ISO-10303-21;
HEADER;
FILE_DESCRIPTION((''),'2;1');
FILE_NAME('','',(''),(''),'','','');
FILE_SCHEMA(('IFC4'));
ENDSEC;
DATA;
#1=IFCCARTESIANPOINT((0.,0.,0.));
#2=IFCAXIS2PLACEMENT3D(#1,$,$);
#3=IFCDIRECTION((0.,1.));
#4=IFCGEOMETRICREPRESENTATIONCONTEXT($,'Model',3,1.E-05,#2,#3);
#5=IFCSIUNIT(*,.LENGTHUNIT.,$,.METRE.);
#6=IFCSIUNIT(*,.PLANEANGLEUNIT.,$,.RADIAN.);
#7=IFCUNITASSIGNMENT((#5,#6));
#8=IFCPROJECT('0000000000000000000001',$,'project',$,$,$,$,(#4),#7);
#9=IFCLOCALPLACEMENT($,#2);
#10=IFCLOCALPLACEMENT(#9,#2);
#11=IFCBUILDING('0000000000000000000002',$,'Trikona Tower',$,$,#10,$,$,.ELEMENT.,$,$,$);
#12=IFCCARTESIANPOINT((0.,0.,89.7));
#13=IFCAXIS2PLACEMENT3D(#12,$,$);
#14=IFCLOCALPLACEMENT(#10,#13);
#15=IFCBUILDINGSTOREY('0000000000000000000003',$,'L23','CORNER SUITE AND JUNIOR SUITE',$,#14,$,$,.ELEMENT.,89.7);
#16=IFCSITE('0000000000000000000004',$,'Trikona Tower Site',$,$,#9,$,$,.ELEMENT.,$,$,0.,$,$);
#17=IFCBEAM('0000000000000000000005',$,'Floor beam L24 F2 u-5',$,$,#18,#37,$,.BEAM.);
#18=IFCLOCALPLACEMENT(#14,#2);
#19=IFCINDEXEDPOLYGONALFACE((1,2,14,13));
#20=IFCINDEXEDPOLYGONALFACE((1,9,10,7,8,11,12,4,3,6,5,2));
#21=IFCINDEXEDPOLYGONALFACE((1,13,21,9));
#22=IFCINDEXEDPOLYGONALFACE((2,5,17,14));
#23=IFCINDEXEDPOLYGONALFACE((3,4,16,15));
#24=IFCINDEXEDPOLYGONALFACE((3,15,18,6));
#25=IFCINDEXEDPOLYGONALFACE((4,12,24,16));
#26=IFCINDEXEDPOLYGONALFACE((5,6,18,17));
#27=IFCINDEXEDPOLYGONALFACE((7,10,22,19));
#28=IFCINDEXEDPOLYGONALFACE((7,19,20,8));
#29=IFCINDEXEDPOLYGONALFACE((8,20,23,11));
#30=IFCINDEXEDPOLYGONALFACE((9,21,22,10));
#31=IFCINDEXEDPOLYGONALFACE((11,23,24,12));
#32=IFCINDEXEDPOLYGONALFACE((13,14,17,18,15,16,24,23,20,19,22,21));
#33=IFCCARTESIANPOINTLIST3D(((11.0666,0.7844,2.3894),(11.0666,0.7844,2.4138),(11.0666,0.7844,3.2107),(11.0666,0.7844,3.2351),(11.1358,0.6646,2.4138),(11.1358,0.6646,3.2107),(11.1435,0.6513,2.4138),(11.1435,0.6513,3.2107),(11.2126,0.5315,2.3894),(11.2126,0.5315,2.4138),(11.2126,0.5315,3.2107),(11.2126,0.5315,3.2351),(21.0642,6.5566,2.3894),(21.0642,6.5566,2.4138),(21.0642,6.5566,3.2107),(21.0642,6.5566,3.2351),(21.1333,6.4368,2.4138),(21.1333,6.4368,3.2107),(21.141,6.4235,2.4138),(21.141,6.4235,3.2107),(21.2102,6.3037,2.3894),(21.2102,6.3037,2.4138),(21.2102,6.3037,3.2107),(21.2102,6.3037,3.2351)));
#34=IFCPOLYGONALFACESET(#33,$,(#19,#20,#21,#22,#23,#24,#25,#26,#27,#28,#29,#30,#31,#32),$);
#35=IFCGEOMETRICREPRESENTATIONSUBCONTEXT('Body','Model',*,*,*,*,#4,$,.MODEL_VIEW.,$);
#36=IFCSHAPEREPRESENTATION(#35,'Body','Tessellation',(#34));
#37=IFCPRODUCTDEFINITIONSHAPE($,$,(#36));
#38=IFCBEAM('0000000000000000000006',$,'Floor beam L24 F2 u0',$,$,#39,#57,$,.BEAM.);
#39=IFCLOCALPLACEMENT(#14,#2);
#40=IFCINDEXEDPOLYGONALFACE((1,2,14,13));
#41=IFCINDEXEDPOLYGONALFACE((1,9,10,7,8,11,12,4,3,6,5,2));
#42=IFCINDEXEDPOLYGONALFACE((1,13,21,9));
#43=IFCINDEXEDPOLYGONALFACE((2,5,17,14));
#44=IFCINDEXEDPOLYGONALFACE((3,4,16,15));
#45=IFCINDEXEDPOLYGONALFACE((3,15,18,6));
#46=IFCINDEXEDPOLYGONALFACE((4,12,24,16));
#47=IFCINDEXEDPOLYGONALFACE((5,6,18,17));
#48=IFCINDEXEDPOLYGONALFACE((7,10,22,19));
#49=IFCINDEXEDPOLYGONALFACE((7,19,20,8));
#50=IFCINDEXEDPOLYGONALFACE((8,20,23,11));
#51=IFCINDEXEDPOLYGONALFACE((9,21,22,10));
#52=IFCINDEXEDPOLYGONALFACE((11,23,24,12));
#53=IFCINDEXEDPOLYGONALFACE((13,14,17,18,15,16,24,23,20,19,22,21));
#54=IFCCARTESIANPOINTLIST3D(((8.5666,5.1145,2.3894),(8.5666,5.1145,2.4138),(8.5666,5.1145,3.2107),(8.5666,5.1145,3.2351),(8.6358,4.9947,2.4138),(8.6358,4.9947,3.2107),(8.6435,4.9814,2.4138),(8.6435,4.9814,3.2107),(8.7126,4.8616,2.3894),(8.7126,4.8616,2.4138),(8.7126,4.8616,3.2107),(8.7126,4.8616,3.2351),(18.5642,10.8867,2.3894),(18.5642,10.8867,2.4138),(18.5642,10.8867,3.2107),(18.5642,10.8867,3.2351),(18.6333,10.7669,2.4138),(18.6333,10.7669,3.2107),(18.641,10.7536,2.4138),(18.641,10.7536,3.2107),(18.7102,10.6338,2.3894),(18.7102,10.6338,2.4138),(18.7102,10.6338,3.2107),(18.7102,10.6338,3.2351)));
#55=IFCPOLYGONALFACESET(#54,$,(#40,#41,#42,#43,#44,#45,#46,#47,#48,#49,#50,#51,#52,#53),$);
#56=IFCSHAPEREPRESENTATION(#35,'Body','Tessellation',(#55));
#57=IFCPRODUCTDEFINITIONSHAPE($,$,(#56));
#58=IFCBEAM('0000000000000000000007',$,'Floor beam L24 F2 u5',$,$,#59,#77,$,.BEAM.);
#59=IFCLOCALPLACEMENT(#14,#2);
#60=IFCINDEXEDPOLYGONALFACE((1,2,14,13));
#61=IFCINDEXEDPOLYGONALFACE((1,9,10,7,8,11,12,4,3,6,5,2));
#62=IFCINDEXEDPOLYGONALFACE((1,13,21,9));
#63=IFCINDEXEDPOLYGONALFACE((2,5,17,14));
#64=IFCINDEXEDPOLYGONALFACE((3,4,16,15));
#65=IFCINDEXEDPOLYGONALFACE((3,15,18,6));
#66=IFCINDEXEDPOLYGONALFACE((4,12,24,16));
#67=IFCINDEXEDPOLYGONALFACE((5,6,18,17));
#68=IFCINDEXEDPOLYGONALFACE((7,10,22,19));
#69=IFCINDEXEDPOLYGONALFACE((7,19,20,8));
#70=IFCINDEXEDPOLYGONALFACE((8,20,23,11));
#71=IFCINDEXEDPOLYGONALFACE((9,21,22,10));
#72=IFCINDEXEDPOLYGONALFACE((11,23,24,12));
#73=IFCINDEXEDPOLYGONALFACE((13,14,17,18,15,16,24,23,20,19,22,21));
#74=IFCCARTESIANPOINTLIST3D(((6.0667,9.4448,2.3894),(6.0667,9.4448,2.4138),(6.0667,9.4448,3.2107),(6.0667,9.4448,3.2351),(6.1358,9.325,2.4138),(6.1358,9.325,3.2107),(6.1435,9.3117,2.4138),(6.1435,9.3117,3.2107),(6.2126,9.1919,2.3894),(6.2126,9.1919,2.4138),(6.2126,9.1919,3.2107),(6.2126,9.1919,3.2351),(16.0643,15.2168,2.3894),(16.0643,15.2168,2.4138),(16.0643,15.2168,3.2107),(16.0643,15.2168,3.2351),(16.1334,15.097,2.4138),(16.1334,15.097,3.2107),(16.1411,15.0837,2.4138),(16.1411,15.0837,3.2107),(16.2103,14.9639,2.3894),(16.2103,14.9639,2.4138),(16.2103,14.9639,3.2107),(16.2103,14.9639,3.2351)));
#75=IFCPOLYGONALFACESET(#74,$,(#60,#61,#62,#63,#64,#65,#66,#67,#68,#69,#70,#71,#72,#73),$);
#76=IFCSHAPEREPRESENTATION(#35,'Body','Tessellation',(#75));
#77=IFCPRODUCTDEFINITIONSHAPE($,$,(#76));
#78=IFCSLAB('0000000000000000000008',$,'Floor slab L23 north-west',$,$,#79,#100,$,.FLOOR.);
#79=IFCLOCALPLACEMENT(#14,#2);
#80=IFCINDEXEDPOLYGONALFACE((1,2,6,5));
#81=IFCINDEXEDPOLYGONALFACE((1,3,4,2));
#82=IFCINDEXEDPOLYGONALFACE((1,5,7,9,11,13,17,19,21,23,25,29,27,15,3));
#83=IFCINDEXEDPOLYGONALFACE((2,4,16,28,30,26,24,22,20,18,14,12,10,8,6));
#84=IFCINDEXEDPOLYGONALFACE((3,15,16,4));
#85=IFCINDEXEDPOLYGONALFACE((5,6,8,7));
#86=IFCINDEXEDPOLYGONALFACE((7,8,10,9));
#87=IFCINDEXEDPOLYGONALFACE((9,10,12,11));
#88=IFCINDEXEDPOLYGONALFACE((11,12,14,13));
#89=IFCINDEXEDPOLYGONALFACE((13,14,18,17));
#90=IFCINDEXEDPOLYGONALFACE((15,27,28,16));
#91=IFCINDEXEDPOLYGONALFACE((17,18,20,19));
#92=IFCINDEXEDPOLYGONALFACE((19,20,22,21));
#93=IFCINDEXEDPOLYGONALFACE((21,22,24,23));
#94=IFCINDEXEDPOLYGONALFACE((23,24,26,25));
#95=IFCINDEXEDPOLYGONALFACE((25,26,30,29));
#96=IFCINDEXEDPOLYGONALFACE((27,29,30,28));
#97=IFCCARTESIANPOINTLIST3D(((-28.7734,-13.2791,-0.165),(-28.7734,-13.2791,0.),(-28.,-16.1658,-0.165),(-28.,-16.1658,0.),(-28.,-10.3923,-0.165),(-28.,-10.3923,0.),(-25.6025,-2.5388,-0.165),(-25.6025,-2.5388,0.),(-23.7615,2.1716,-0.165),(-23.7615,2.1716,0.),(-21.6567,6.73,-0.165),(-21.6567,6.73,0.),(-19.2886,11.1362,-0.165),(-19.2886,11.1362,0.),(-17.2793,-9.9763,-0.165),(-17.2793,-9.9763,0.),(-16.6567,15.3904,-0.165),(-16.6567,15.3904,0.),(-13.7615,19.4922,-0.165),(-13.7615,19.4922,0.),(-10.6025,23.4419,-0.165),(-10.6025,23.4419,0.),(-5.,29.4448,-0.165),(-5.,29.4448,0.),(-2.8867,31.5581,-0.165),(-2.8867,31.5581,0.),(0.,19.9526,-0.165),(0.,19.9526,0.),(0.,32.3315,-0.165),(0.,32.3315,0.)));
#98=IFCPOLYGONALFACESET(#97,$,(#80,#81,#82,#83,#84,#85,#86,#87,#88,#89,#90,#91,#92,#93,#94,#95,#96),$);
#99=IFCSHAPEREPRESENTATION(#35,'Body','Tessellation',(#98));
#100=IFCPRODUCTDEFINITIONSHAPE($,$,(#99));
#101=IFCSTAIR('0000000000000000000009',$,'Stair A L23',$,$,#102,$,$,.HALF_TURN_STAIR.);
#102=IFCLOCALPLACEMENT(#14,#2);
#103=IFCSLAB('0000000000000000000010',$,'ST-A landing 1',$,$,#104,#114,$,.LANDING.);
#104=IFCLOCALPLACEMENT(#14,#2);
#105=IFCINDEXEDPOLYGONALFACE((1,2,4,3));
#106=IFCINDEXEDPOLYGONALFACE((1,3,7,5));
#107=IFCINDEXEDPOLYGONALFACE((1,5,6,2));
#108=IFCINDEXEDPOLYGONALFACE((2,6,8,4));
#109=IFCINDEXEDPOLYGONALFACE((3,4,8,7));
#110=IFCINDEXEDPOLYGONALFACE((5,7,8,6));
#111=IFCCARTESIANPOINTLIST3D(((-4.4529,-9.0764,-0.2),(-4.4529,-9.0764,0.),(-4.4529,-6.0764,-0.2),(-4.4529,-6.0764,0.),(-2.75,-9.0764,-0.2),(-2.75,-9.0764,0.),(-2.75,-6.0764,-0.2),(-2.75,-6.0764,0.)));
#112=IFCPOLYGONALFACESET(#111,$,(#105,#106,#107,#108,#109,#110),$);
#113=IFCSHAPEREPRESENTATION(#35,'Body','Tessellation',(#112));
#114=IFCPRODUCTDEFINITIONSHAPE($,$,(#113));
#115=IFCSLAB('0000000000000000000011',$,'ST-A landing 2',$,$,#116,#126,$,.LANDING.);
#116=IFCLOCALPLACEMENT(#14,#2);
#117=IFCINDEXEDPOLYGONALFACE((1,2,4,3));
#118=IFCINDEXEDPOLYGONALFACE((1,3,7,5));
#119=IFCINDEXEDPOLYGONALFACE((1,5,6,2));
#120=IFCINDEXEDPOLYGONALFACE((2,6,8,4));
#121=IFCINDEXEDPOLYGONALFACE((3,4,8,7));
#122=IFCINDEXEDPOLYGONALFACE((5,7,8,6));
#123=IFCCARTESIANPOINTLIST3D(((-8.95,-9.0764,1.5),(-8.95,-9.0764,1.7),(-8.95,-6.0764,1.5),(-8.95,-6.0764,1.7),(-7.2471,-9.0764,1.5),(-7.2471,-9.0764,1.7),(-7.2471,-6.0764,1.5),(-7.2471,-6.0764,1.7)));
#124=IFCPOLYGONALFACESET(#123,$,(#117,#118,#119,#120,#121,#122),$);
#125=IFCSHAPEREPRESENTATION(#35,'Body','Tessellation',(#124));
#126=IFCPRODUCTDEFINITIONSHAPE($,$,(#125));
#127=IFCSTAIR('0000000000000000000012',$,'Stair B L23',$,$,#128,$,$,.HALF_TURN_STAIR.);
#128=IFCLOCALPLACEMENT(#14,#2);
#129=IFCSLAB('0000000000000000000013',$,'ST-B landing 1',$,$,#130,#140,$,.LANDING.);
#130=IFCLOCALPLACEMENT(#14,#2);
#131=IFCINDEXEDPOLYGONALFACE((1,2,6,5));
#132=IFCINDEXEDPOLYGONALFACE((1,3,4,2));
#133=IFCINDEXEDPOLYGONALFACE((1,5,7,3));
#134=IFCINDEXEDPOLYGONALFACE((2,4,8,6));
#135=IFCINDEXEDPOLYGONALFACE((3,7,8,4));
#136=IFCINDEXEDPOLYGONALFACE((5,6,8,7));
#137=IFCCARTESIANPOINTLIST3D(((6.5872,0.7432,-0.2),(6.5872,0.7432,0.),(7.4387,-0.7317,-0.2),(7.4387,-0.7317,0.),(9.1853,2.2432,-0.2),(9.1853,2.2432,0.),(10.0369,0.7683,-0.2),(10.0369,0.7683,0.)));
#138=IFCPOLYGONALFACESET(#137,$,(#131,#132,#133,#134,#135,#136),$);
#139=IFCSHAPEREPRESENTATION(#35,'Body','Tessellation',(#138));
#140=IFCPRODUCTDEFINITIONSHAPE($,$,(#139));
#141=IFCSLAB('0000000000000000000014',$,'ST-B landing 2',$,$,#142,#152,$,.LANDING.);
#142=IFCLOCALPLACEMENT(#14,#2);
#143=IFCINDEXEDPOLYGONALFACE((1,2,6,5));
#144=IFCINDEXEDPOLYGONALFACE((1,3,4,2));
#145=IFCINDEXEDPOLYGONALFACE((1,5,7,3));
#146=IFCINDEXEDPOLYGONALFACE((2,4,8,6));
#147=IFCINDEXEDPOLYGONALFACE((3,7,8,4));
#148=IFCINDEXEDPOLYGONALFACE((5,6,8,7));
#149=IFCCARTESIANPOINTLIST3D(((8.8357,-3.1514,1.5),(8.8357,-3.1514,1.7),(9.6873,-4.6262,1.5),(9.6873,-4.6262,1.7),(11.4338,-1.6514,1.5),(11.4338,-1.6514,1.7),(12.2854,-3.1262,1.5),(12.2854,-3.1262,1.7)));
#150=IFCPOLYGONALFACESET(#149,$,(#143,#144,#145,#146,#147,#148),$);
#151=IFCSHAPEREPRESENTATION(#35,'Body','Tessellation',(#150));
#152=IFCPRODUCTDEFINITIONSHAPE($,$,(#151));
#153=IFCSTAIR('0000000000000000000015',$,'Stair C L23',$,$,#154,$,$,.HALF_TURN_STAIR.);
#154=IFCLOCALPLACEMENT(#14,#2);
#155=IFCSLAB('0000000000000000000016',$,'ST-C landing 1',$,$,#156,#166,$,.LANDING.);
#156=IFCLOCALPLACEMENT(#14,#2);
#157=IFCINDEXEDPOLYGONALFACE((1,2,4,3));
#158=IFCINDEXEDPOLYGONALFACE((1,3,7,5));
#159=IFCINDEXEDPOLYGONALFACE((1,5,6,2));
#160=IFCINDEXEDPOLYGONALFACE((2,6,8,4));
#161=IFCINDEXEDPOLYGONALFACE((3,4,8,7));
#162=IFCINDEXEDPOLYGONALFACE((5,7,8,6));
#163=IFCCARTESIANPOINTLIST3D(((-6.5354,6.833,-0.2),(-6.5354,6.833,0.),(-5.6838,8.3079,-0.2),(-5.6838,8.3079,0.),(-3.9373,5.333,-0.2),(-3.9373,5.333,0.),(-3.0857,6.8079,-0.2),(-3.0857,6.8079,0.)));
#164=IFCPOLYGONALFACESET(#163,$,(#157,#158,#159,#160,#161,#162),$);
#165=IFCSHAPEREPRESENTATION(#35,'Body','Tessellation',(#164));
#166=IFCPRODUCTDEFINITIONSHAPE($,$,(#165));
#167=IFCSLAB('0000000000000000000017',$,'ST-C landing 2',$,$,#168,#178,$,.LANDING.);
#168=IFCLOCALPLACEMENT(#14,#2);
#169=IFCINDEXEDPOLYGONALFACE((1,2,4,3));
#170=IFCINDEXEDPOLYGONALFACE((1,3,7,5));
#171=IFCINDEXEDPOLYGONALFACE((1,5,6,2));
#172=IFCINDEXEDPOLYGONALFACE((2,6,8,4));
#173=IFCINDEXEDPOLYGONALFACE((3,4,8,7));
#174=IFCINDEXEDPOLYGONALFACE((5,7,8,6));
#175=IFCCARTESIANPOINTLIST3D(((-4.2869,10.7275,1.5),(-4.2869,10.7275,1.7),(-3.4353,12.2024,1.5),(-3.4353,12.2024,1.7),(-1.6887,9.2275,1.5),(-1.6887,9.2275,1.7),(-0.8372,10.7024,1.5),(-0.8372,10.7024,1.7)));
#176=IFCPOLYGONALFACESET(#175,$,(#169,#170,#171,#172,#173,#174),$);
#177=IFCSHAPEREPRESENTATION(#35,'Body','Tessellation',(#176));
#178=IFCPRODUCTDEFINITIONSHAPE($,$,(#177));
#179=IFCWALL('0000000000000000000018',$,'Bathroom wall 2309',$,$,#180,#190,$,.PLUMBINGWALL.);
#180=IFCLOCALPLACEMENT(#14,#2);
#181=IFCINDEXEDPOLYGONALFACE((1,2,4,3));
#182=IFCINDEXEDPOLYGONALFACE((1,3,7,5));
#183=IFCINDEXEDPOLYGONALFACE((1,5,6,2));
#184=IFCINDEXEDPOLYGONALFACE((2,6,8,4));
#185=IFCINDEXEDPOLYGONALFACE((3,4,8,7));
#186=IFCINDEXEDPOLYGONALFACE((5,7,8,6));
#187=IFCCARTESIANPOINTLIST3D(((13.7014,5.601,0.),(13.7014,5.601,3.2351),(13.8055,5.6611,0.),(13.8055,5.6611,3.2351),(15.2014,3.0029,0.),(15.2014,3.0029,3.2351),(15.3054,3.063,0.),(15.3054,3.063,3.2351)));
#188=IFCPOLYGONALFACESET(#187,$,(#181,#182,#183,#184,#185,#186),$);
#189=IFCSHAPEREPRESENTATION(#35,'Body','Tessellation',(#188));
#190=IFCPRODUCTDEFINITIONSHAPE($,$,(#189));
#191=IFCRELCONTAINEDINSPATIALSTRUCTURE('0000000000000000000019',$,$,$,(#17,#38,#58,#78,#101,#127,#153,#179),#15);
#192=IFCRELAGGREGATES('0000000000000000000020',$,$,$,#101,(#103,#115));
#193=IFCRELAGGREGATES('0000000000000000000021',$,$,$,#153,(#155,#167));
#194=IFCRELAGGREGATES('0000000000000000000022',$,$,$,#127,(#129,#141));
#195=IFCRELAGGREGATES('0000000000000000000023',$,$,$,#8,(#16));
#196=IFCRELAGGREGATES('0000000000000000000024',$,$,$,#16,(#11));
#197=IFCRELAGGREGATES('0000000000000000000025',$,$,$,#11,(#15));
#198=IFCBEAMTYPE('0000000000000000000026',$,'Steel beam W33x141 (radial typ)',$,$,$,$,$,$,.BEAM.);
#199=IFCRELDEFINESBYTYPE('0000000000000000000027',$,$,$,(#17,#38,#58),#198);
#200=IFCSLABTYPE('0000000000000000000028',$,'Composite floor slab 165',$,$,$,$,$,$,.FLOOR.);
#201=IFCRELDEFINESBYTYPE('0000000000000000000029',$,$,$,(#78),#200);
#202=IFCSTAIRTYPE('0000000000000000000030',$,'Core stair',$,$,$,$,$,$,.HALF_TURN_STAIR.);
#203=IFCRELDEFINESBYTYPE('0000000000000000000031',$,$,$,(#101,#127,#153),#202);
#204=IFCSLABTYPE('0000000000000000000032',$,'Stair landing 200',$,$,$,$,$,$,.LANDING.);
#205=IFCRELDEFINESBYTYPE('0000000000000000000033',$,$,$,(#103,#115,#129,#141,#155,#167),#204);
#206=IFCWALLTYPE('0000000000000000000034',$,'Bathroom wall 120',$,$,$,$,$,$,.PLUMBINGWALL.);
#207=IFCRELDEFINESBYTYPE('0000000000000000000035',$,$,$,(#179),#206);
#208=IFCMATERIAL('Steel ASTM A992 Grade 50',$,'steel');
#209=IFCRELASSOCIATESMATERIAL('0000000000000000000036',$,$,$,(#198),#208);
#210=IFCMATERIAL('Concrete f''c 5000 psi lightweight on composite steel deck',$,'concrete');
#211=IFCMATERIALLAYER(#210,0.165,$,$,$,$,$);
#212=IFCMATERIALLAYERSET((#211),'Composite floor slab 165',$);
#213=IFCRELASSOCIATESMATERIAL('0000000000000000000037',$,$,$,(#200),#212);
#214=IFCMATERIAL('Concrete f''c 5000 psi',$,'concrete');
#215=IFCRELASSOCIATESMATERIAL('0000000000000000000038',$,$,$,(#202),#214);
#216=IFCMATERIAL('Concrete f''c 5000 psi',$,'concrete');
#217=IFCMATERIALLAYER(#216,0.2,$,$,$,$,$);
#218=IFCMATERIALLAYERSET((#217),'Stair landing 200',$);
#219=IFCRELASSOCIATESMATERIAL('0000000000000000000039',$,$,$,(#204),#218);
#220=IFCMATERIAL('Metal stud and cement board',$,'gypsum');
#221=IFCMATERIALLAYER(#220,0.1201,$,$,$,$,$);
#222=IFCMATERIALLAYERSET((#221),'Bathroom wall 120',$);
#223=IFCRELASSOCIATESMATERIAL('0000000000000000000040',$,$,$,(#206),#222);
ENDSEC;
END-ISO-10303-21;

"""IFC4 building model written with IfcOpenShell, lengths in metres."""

from ifc_helpers import new_model, si_unit, direction, frame, frame_2d, origin, origin_2d, place, context, subcontext, project, spatial, polyline, rectangle, i_section, outline, extrude, material, layer, layer_set, material_profile, profile_set, type_object, element, aggregate, save


model = new_model("IFC4")

# Units and contexts
model_context = context("Model", 3, precision=1e-05, world=origin(), true_north=direction((0.0, 1.0)))
body_context = subcontext(model_context, "Body", "Model", "MODEL_VIEW")
ifc_project = project(units=[si_unit("LENGTHUNIT", "METRE"), si_unit("PLANEANGLEUNIT", "RADIAN")], contexts=[model_context])

# Site, building, storey
site_placement = place(None, origin())
site = spatial("IfcSite", under=ifc_project, at=site_placement, Name="Trikona Tower Site", CompositionType="ELEMENT", RefElevation=0.0)
building_placement = place(site_placement, origin())
building = spatial("IfcBuilding", under=site, at=building_placement, Name="Trikona Tower", CompositionType="ELEMENT")
storey_placement = place(building_placement, frame((0.0, 0.0, 89.7)))
storey = spatial("IfcBuildingStorey", under=building, at=storey_placement, Name="L23", Description="CORNER SUITE AND JUNIOR SUITE", CompositionType="ELEMENT", Elevation=89.7)

# Beams
ifc_material_1 = material(Name="Steel ASTM A992 Grade 50", Category="steel")
ifc_material_profile = material_profile(ifc_material_1, i_section(OverallWidth=0.292, OverallDepth=0.8457, WebThickness=0.0154, FlangeThickness=0.0244, at=origin_2d()), Name="W33X141")
ifc_profile_set = profile_set([ifc_material_profile], Name="Steel ASTM A992 Grade 50")
beam_type = type_object("IfcBeamType", Name="Steel beam W33x141 (radial typ)", PredefinedType="BEAM", material=ifc_profile_set)
for number, where, z_axis, x_axis, name in (
    (1, (11.1396, 0.658, 2.8123), (0.866021, 0.500008, 0.0), (-0.500008, 0.866021, 0.0), "Floor beam L24 F2 u-5"),
    (2, (8.6396, 4.988, 2.8123), (0.866021, 0.500008, 0.0), (-0.500008, 0.866021, 0.0), "Floor beam L24 F2 u0"),
    (3, (6.1396, 9.3184, 2.8123), (0.86603, 0.499992, 0.0), (-0.499992, 0.86603, 0.0), "Floor beam L24 F2 u5"),
):
    element("IfcBeam", number, at=place(storey_placement, frame(where, z_axis=z_axis, x_axis=x_axis)), inside=storey, type_object=beam_type, Name=name, PredefinedType="BEAM", context=body_context, shape_type="SweptSolid", body=[
        extrude(i_section(OverallWidth=0.292, OverallDepth=0.8457, WebThickness=0.0154, FlangeThickness=0.0244, at=origin_2d()), origin(), (0.0, 0.0, 1.0), 11.5442),
    ])

# Slab
ifc_material_2 = material(Name="Concrete f'c 5000 psi lightweight on composite steel deck", Category="concrete")
ifc_layer_1 = layer(ifc_material_2, 0.165)
ifc_layer_set_1 = layer_set([ifc_layer_1], Name="Composite floor slab 165")
slab_type_1 = type_object("IfcSlabType", Name="Composite floor slab 165", PredefinedType="FLOOR", material=ifc_layer_set_1)
slab_1_placement = place(storey_placement, frame((0.0, 0.0, -0.165)))
element("IfcSlab", 4, at=slab_1_placement, inside=storey, type_object=slab_type_1, Name="Floor slab L23 north-west", PredefinedType="FLOOR", context=body_context, shape_type="SweptSolid", body=[
    extrude(outline(polyline([(0.0, 19.9526), (0.0, 32.3315), (-2.8867, 31.5581), (-5.0, 29.4448), (-10.6025, 23.4419), (-13.7615, 19.4922), (-16.6567, 15.3904), (-19.2886, 11.1362), (-21.6567, 6.73), (-23.7615, 2.1716), (-25.6025, -2.5388), (-28.0, -10.3923), (-28.7734, -13.2791), (-28.0, -16.1658), (-17.2793, -9.9763), (0.0, 19.9526)])), origin(), (0.0, 0.0, 1.0), 0.165),
])

# Stairs, slabs
ifc_material_3 = material(Name="Concrete f'c 5000 psi", Category="concrete")
stair_type = type_object("IfcStairType", Name="Core stair", PredefinedType="HALF_TURN_STAIR", material=ifc_material_3)
stair_1_placement = place(storey_placement, origin())
stair_1 = element("IfcStair", 5, at=stair_1_placement, inside=storey, type_object=stair_type, Name="Stair A L23", PredefinedType="HALF_TURN_STAIR")
ifc_material_4 = material(Name="Concrete f'c 5000 psi", Category="concrete")
ifc_layer_2 = layer(ifc_material_4, 0.2)
ifc_layer_set_2 = layer_set([ifc_layer_2], Name="Stair landing 200")
slab_type_2 = type_object("IfcSlabType", Name="Stair landing 200", PredefinedType="LANDING", material=ifc_layer_set_2)
slab_2_placement = place(storey_placement, frame((0.0, 0.0, -0.2)))
slab_2 = element("IfcSlab", 6, at=slab_2_placement, type_object=slab_type_2, Name="ST-A landing 1", PredefinedType="LANDING", context=body_context, shape_type="SweptSolid", body=[
    extrude(outline(polyline([(-4.4529, -6.0764), (-2.75, -6.0764), (-2.75, -9.0764), (-4.4529, -9.0764), (-4.4529, -6.0764)])), origin(), (0.0, 0.0, 1.0), 0.2),
])
slab_3_placement = place(storey_placement, frame((0.0, 0.0, 1.5)))
slab_3 = element("IfcSlab", 7, at=slab_3_placement, type_object=slab_type_2, Name="ST-A landing 2", PredefinedType="LANDING", context=body_context, shape_type="SweptSolid", body=[
    extrude(outline(polyline([(-8.95, -6.0764), (-7.2471, -6.0764), (-7.2471, -9.0764), (-8.95, -9.0764), (-8.95, -6.0764)])), origin(), (0.0, 0.0, 1.0), 0.2),
])
aggregate(stair_1, [slab_2, slab_3])
stair_2_placement = place(storey_placement, origin())
stair_2 = element("IfcStair", 8, at=stair_2_placement, inside=storey, type_object=stair_type, Name="Stair B L23", PredefinedType="HALF_TURN_STAIR")
slab_4_placement = place(storey_placement, frame((0.0, 0.0, -0.2)))
slab_4 = element("IfcSlab", 9, at=slab_4_placement, type_object=slab_type_2, Name="ST-B landing 1", PredefinedType="LANDING", context=body_context, shape_type="SweptSolid", body=[
    extrude(outline(polyline([(7.4387, -0.7317), (6.5872, 0.7432), (9.1853, 2.2432), (10.0369, 0.7683), (7.4387, -0.7317)])), origin(), (0.0, 0.0, 1.0), 0.2),
])
slab_5_placement = place(storey_placement, frame((0.0, 0.0, 1.5)))
slab_5 = element("IfcSlab", 10, at=slab_5_placement, type_object=slab_type_2, Name="ST-B landing 2", PredefinedType="LANDING", context=body_context, shape_type="SweptSolid", body=[
    extrude(outline(polyline([(9.6873, -4.6262), (8.8357, -3.1514), (11.4338, -1.6514), (12.2854, -3.1262), (9.6873, -4.6262)])), origin(), (0.0, 0.0, 1.0), 0.2),
])
stair_3_placement = place(storey_placement, origin())
stair_3 = element("IfcStair", 11, at=stair_3_placement, inside=storey, type_object=stair_type, Name="Stair C L23", PredefinedType="HALF_TURN_STAIR")
slab_6_placement = place(storey_placement, frame((0.0, 0.0, -0.2)))
slab_6 = element("IfcSlab", 12, at=slab_6_placement, type_object=slab_type_2, Name="ST-C landing 1", PredefinedType="LANDING", context=body_context, shape_type="SweptSolid", body=[
    extrude(outline(polyline([(-3.0857, 6.8079), (-3.9373, 5.333), (-6.5354, 6.833), (-5.6838, 8.3079), (-3.0857, 6.8079)])), origin(), (0.0, 0.0, 1.0), 0.2),
])
slab_7_placement = place(storey_placement, frame((0.0, 0.0, 1.5)))
slab_7 = element("IfcSlab", 13, at=slab_7_placement, type_object=slab_type_2, Name="ST-C landing 2", PredefinedType="LANDING", context=body_context, shape_type="SweptSolid", body=[
    extrude(outline(polyline([(-0.8372, 10.7024), (-1.6887, 9.2275), (-4.2869, 10.7275), (-3.4353, 12.2024), (-0.8372, 10.7024)])), origin(), (0.0, 0.0, 1.0), 0.2),
])
aggregate(stair_3, [slab_6, slab_7])

# Wall
ifc_material_5 = material(Name="Metal stud and cement board", Category="gypsum")
ifc_layer_3 = layer(ifc_material_5, 0.1201)
ifc_layer_set_3 = layer_set([ifc_layer_3], Name="Bathroom wall 120")
wall_type_1 = type_object("IfcWallType", Name="Bathroom wall 120", PredefinedType="PLUMBINGWALL", material=ifc_layer_set_3)
wall_1_placement = place(storey_placement, frame((15.2534, 3.033, 0.0), z_axis=(0.0, 0.0, 1.0), x_axis=(-0.49999, 0.866031, 0.0)))
element("IfcWall", 14, at=wall_1_placement, inside=storey, type_object=wall_type_1, Name="Bathroom wall 2309", PredefinedType="PLUMBINGWALL", context=body_context, shape_type="SweptSolid", body=[
    extrude(rectangle(XDim=3.0, YDim=0.1201, at=frame_2d((1.5, 0.0))), origin(), (0.0, 0.0, 1.0), 3.2351),
])

aggregate(stair_2, [slab_4, slab_5])

save(model, "model.ifc")
